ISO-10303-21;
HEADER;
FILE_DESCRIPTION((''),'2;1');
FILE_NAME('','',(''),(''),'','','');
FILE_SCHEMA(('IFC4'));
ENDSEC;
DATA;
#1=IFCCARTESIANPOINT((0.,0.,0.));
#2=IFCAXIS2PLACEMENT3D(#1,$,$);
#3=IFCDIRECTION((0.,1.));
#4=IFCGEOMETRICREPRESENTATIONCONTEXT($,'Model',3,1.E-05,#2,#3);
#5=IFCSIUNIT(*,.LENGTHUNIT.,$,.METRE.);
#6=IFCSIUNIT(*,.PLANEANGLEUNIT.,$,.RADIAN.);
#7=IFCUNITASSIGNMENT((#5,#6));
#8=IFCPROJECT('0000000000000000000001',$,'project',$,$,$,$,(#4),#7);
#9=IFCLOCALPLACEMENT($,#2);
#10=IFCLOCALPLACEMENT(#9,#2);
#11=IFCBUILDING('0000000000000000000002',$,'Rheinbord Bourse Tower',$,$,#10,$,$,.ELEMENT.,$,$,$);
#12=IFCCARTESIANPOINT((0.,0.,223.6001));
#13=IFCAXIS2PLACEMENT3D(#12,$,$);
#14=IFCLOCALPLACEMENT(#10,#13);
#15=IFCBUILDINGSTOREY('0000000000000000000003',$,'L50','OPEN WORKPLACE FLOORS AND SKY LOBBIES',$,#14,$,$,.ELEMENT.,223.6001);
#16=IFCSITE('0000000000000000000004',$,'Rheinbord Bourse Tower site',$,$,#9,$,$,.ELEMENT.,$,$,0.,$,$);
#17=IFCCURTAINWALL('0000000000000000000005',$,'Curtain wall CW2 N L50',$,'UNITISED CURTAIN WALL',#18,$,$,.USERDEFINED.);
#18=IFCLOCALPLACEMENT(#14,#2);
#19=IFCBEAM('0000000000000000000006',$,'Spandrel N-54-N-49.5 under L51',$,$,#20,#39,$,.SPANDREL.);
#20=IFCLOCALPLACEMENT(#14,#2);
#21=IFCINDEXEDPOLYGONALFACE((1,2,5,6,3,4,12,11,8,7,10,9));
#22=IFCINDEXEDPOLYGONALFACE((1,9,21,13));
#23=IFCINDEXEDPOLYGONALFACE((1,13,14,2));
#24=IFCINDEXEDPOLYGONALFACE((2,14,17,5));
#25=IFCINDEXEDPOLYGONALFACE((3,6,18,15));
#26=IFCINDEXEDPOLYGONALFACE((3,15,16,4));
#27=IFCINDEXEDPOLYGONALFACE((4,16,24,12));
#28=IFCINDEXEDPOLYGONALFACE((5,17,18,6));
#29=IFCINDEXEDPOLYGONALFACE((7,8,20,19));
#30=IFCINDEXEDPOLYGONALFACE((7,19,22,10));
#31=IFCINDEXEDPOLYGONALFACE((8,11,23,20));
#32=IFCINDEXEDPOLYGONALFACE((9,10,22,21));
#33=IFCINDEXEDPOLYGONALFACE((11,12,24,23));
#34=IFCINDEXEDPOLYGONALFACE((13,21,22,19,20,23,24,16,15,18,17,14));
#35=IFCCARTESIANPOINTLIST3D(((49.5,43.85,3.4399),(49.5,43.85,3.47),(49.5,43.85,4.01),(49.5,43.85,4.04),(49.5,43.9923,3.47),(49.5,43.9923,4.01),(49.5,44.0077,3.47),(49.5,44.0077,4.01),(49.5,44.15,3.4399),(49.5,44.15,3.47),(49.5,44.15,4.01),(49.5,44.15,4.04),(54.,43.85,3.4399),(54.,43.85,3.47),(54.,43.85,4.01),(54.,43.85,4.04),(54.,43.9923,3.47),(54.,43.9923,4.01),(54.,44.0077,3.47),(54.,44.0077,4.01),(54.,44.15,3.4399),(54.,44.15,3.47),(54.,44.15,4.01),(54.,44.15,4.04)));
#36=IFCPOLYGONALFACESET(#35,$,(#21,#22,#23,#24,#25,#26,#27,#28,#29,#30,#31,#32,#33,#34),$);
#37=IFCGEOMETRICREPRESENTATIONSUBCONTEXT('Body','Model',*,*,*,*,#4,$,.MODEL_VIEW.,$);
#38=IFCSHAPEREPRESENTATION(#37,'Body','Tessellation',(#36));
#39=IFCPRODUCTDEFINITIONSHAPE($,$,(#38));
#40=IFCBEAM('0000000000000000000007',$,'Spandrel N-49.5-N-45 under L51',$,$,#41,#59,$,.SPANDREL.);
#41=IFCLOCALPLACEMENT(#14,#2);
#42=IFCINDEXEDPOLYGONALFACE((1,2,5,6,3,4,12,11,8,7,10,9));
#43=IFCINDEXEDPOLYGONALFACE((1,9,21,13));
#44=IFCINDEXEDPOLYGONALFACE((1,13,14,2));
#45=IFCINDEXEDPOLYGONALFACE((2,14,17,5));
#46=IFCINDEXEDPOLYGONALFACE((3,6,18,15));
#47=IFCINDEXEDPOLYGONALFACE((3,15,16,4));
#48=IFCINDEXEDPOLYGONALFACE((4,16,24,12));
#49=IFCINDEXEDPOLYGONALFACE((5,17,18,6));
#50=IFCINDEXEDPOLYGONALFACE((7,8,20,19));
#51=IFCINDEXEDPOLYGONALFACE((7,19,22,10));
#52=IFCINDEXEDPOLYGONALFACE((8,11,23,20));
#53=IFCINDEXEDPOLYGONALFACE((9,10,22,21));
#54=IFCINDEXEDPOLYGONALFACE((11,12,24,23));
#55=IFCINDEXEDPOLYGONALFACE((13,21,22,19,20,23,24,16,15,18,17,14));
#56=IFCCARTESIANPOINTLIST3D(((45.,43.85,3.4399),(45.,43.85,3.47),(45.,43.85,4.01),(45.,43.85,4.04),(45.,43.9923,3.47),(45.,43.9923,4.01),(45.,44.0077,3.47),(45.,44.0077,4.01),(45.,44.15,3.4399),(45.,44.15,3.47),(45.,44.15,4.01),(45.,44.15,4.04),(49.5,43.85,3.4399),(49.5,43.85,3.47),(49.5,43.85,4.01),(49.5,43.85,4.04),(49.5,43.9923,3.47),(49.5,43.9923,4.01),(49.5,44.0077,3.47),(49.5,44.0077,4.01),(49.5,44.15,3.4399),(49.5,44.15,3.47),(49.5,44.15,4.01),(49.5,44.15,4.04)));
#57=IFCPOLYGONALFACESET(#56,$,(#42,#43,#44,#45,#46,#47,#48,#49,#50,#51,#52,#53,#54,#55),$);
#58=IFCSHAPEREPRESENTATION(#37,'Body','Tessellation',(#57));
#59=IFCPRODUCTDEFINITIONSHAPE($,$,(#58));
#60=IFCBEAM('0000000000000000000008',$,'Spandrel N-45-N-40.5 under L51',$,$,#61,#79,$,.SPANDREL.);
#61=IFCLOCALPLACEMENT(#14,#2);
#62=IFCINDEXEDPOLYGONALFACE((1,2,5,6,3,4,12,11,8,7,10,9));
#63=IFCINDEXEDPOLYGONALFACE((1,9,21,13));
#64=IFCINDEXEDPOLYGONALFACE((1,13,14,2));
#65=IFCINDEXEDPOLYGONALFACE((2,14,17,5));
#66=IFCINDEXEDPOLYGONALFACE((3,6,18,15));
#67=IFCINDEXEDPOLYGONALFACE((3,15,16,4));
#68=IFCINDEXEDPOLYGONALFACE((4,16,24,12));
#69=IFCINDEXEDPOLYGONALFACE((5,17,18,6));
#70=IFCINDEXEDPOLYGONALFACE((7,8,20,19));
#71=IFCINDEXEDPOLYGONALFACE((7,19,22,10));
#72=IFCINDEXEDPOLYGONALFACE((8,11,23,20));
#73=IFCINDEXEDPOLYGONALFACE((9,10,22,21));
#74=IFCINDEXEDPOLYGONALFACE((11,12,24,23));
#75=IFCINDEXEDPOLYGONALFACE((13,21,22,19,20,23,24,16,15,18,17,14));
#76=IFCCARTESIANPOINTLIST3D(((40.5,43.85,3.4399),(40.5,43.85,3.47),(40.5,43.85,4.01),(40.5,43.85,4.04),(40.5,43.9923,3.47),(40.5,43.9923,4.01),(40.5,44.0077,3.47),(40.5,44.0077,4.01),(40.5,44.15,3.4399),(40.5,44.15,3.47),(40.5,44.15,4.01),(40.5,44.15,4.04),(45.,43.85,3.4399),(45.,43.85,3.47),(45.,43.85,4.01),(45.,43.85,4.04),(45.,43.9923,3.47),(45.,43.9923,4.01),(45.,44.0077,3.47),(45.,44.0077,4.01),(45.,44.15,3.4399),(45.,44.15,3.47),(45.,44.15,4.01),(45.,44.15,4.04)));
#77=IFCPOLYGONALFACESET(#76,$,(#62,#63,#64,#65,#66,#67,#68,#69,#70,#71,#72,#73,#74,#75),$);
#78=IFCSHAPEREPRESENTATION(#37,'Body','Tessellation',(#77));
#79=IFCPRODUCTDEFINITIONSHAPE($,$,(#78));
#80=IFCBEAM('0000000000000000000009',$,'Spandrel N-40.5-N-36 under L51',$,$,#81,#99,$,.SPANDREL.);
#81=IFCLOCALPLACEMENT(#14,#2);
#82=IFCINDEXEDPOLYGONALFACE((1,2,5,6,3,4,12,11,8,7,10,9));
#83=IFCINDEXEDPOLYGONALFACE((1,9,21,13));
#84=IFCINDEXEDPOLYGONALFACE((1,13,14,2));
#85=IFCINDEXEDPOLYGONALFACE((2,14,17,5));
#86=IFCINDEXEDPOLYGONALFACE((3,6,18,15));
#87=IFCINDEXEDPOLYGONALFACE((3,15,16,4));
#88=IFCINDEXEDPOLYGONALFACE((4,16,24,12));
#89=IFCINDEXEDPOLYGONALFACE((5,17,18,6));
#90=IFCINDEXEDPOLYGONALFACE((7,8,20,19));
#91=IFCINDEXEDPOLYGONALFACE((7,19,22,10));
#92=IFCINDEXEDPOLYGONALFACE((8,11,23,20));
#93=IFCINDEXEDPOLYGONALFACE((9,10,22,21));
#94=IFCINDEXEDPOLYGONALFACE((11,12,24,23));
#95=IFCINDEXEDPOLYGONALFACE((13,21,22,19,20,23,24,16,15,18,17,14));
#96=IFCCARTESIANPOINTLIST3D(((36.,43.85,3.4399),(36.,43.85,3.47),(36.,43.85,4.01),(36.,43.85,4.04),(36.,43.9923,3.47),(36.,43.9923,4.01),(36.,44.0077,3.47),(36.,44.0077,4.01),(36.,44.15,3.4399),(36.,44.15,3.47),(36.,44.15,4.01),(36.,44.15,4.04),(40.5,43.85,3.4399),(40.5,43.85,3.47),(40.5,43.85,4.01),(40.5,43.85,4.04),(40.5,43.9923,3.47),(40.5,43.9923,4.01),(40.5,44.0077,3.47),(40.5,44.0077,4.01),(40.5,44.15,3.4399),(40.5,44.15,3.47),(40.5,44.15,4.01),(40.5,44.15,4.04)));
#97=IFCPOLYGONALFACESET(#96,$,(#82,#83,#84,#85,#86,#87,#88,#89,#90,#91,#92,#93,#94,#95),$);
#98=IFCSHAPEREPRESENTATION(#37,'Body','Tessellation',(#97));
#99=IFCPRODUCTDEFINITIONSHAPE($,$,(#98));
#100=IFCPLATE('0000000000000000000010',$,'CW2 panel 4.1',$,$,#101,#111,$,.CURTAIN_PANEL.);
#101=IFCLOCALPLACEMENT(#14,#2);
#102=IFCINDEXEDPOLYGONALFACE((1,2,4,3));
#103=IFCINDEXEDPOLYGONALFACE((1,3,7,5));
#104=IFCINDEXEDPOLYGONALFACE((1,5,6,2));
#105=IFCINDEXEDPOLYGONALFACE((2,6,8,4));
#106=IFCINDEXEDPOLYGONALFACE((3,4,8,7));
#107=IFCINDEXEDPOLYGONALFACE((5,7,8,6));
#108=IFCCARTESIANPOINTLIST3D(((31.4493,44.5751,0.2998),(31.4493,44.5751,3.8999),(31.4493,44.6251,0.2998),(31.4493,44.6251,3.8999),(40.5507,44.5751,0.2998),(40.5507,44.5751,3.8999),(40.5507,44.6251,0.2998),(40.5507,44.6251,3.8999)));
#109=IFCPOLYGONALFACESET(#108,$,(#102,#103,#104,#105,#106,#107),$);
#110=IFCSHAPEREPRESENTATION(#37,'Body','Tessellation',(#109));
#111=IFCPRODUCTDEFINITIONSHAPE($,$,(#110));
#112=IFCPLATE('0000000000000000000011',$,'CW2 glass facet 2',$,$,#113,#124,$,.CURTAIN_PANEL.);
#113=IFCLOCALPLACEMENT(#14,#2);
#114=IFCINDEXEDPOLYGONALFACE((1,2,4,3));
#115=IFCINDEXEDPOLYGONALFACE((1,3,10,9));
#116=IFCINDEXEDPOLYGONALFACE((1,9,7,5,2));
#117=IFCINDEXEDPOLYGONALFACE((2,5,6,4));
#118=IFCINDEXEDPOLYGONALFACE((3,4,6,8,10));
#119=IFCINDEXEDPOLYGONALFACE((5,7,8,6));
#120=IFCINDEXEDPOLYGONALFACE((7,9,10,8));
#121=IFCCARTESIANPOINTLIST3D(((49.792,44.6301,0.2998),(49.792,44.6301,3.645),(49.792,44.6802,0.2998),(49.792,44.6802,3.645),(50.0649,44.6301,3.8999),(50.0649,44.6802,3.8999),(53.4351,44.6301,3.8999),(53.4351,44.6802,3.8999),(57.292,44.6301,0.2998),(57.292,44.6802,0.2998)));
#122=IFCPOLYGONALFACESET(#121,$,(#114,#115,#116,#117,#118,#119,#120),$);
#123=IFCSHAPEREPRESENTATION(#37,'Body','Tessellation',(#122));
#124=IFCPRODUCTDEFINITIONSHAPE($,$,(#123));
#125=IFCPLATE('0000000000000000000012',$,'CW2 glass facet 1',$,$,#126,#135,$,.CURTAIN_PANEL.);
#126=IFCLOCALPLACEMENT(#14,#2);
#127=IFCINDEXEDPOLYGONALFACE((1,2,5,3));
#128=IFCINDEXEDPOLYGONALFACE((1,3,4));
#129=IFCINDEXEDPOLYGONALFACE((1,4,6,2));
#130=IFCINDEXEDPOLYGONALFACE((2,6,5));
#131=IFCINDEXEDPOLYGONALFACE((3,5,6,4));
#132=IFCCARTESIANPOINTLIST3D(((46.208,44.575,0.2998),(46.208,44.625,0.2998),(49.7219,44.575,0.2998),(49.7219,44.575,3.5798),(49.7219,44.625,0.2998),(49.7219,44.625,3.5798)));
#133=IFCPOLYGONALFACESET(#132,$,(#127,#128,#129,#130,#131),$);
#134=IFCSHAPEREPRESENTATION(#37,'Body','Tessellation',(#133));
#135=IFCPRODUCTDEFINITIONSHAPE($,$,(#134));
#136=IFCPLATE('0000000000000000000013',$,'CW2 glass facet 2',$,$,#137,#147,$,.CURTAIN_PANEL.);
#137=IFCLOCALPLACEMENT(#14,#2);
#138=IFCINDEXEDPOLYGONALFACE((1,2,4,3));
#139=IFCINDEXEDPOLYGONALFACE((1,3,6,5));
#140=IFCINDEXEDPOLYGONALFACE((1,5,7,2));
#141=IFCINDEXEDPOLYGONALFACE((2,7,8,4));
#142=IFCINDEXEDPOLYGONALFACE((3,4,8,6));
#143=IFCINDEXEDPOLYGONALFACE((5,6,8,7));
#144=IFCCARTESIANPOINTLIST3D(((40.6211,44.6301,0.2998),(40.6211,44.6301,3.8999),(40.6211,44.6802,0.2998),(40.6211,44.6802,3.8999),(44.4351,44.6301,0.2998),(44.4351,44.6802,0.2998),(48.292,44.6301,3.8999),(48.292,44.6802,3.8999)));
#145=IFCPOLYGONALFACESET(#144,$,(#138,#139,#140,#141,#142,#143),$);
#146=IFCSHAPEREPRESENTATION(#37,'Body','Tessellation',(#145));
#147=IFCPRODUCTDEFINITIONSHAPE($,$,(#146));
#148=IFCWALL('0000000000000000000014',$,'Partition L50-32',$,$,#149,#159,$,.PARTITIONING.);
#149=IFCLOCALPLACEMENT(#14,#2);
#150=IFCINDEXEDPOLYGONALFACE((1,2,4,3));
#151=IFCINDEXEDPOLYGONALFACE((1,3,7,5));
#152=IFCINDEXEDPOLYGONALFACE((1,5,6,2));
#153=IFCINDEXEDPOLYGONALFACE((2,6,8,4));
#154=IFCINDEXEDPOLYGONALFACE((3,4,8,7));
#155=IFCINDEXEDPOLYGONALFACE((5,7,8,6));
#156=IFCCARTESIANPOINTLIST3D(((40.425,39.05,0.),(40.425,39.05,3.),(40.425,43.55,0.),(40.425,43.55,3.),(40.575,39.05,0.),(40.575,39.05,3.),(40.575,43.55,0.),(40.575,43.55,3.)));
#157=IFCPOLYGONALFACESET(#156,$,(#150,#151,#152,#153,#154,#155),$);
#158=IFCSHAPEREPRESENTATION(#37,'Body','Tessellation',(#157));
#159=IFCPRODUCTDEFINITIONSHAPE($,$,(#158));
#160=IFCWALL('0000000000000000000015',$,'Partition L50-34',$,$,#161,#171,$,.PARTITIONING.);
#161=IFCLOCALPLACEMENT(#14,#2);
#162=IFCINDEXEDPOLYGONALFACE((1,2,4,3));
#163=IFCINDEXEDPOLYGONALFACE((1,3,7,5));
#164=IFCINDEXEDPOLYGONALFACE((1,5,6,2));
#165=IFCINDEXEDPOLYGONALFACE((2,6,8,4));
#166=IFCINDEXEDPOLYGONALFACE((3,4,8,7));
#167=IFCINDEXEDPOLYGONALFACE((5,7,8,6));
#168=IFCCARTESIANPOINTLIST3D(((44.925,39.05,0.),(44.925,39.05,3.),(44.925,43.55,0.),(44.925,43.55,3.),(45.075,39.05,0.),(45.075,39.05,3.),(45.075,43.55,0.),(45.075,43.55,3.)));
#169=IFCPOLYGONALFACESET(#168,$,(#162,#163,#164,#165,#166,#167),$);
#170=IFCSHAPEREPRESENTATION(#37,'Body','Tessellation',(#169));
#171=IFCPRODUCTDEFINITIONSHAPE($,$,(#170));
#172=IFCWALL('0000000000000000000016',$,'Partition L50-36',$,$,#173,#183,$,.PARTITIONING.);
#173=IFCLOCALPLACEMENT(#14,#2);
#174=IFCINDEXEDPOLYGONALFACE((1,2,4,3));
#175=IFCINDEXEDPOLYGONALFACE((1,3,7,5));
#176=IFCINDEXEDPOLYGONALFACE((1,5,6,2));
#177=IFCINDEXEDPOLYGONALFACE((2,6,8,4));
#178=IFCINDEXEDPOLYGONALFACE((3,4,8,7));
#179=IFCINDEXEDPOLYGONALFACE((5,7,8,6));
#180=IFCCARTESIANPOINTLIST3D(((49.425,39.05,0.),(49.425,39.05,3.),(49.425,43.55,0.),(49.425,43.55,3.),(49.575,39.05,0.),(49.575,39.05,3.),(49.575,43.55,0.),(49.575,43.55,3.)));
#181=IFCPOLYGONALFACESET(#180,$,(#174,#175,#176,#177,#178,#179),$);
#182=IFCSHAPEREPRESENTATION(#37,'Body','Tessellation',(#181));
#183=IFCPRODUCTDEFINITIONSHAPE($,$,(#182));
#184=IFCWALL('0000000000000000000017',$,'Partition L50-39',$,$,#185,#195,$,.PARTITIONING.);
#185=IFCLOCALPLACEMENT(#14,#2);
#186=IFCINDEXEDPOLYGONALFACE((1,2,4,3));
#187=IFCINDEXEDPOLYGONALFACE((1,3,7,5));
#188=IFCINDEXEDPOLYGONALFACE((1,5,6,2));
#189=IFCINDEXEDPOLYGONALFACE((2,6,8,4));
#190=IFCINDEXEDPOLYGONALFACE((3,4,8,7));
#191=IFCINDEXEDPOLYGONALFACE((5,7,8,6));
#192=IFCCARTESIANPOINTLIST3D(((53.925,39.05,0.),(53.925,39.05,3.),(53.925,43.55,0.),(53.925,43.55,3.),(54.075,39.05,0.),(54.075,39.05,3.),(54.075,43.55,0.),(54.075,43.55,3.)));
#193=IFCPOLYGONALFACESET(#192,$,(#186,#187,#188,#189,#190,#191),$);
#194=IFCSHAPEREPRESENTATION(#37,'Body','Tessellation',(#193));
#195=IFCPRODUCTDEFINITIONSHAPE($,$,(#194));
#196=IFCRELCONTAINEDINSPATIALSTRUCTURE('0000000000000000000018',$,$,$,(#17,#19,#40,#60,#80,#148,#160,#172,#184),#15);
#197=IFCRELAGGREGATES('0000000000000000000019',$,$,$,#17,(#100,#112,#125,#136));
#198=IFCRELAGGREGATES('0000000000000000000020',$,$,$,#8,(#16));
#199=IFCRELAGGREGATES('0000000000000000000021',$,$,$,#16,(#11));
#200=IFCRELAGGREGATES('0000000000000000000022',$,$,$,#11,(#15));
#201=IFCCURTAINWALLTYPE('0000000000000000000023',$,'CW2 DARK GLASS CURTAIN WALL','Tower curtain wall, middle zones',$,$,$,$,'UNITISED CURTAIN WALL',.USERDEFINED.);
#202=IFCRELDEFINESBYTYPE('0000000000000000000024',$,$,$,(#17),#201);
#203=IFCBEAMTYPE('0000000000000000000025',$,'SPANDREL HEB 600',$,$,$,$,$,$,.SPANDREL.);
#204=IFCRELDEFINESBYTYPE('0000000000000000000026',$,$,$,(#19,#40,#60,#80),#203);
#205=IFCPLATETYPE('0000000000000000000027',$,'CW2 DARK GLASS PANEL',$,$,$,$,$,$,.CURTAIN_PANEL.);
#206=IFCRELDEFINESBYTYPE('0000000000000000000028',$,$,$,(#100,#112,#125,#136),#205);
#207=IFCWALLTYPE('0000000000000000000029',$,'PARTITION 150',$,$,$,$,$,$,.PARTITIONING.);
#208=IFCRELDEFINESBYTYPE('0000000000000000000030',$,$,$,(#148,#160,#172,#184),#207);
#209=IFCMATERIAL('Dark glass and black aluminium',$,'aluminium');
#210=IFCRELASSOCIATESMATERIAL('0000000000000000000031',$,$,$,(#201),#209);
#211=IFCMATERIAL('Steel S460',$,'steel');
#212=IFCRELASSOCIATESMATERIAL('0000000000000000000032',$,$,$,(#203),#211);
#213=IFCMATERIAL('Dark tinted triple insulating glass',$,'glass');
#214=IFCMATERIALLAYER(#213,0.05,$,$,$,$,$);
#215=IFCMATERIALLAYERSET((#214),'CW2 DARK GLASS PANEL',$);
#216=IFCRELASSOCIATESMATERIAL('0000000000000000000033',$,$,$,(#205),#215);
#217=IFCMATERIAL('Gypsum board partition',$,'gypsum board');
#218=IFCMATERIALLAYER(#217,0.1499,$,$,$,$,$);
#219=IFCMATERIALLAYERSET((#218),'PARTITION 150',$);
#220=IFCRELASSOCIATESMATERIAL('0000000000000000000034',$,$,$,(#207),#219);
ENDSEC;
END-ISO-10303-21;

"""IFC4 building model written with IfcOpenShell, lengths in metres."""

from ifc_helpers import new_model, si_unit, direction, frame, frame_2d, origin, origin_2d, place, context, subcontext, project, spatial, polyline, rectangle, i_section, outline, extrude, material, layer, layer_set, material_profile, profile_set, type_object, element, aggregate, save


model = new_model("IFC4")

# Units and contexts
model_context = context("Model", 3, precision=1e-05, world=origin(), true_north=direction((0.0, 1.0)))
body_context = subcontext(model_context, "Body", "Model", "MODEL_VIEW")
ifc_project = project(units=[si_unit("LENGTHUNIT", "METRE"), si_unit("PLANEANGLEUNIT", "RADIAN")], contexts=[model_context])

# Site, building, storey
site_placement = place(None, origin())
site = spatial("IfcSite", under=ifc_project, at=site_placement, Name="Rheinbord Bourse Tower site", CompositionType="ELEMENT", RefElevation=0.0)
building_placement = place(site_placement, origin())
building = spatial("IfcBuilding", under=site, at=building_placement, Name="Rheinbord Bourse Tower", CompositionType="ELEMENT")
storey_placement = place(building_placement, frame((0.0, 0.0, 223.6001)))
storey = spatial("IfcBuildingStorey", under=building, at=storey_placement, Name="L50", Description="OPEN WORKPLACE FLOORS AND SKY LOBBIES", CompositionType="ELEMENT", Elevation=223.6001)

# Curtain wall
ifc_material_1 = material(Name="Dark glass and black aluminium", Category="aluminium")
curtain_wall_type = type_object("IfcCurtainWallType", Name="CW2 DARK GLASS CURTAIN WALL", Description="Tower curtain wall, middle zones", ElementType="UNITISED CURTAIN WALL", PredefinedType="USERDEFINED", material=ifc_material_1)
curtain_wall_placement = place(storey_placement, origin())
curtain_wall = element("IfcCurtainWall", 1, at=curtain_wall_placement, inside=storey, type_object=curtain_wall_type, Name="Curtain wall CW2 N L50", ObjectType="UNITISED CURTAIN WALL", PredefinedType="USERDEFINED")

# Beams
ifc_material_2 = material(Name="Steel S460", Category="steel")
ifc_material_profile_1 = material_profile(ifc_material_2, i_section(OverallWidth=0.3, OverallDepth=0.6001, WebThickness=0.0154, FlangeThickness=0.03, at=origin_2d()), Name="HEB 600")
ifc_profile_set_1 = profile_set([ifc_material_profile_1], Name="Steel S460")
beam_type_1 = type_object("IfcBeamType", Name="SPANDREL HEB 600", PredefinedType="SPANDREL", material=ifc_profile_set_1)
for number, where, z_axis, x_axis, name in (
    (2, (54.0, 44.0, 3.74), (-1.0, 0.0, 0.0), (0.0, -1.0, 0.0), "Spandrel N-54-N-49.5 under L51"),
    (3, (49.5, 44.0, 3.74), (-1.0, 0.0, 0.0), (0.0, -1.0, 0.0), "Spandrel N-49.5-N-45 under L51"),
    (4, (45.0, 44.0, 3.74), (-1.0, 0.0, 0.0), (0.0, -1.0, 0.0), "Spandrel N-45-N-40.5 under L51"),
    (5, (40.5, 44.0, 3.74), (-1.0, 0.0, 0.0), (0.0, -1.0, 0.0), "Spandrel N-40.5-N-36 under L51"),
):
    element("IfcBeam", number, at=place(storey_placement, frame(where, z_axis=z_axis, x_axis=x_axis)), inside=storey, type_object=beam_type_1, Name=name, PredefinedType="SPANDREL", context=body_context, shape_type="SweptSolid", body=[
        extrude(i_section(OverallWidth=0.3, OverallDepth=0.6001, WebThickness=0.0154, FlangeThickness=0.03, at=origin_2d()), origin(), (0.0, 0.0, 1.0), 4.5),
    ])

# Plates
ifc_material_3 = material(Name="Dark tinted triple insulating glass", Category="glass")
ifc_layer_1 = layer(ifc_material_3, 0.05)
ifc_layer_set_1 = layer_set([ifc_layer_1], Name="CW2 DARK GLASS PANEL")
plate_type = type_object("IfcPlateType", Name="CW2 DARK GLASS PANEL", PredefinedType="CURTAIN_PANEL", material=ifc_layer_set_1)
plate_1_placement = place(storey_placement, frame((36.0, 44.6001, 0.2998), z_axis=(0.0, 0.0, 1.0), x_axis=(-1.0, 0.0, 0.0)))
plate_1 = element("IfcPlate", 6, at=plate_1_placement, type_object=plate_type, Name="CW2 panel 4.1", PredefinedType="CURTAIN_PANEL", context=body_context, shape_type="SweptSolid", body=[
    extrude(rectangle(XDim=9.1013, YDim=0.05, at=origin_2d()), origin(), (0.0, 0.0, 1.0), 3.6001),
])
plate_2_placement = place(storey_placement, frame((49.792, 44.6802, 0.2998), z_axis=(0.0, -1.0, 0.0), x_axis=(1.0, 0.0, 0.0)))
plate_2 = element("IfcPlate", 7, at=plate_2_placement, type_object=plate_type, Name="CW2 glass facet 2", PredefinedType="CURTAIN_PANEL", context=body_context, shape_type="SweptSolid", body=[
    extrude(outline(polyline([(0.0, 0.0), (7.5, 0.0), (3.6431, 3.6001), (0.2729, 3.6001), (0.0, 3.3452), (0.0, 0.0)])), origin(), (0.0, 0.0, 1.0), 0.05),
])
plate_3_placement = place(storey_placement, frame((49.7219, 44.625, 0.2998), z_axis=(0.0, -1.0, 0.0), x_axis=(0.0, 0.0, 1.0)))
plate_3 = element("IfcPlate", 8, at=plate_3_placement, type_object=plate_type, Name="CW2 glass facet 1", PredefinedType="CURTAIN_PANEL", context=body_context, shape_type="SweptSolid", body=[
    extrude(outline(polyline([(0.0, 0.0), (3.28, 0.0), (0.0, 3.5139), (0.0, 0.0)])), origin(), (0.0, 0.0, 1.0), 0.05),
])
plate_4_placement = place(storey_placement, frame((40.6211, 44.6802, 3.8999), z_axis=(0.0, -1.0, 0.0), x_axis=(0.0, 0.0, -1.0)))
plate_4 = element("IfcPlate", 9, at=plate_4_placement, type_object=plate_type, Name="CW2 glass facet 2", PredefinedType="CURTAIN_PANEL", context=body_context, shape_type="SweptSolid", body=[
    extrude(outline(polyline([(0.0, 0.0), (3.6001, 0.0), (3.6001, 3.814), (0.0, 7.6709), (0.0, 0.0)])), origin(), (0.0, 0.0, 1.0), 0.05),
])
aggregate(curtain_wall, [plate_1, plate_2, plate_3, plate_4])

# Walls
ifc_material_4 = material(Name="Gypsum board partition", Category="gypsum board")
ifc_layer_2 = layer(ifc_material_4, 0.1499)
ifc_layer_set_2 = layer_set([ifc_layer_2], Name="PARTITION 150")
wall_type = type_object("IfcWallType", Name="PARTITION 150", PredefinedType="PARTITIONING", material=ifc_layer_set_2)
for number, where, z_axis, x_axis, name in (
    (10, (40.5, 39.05, 0.0), (0.0, 0.0, 1.0), (0.0, 1.0, 0.0), "Partition L50-32"),
    (11, (45.0, 39.05, 0.0), (0.0, 0.0, 1.0), (0.0, 1.0, 0.0), "Partition L50-34"),
    (12, (49.5, 39.05, 0.0), (0.0, 0.0, 1.0), (0.0, 1.0, 0.0), "Partition L50-36"),
    (13, (54.0, 39.05, 0.0), (0.0, 0.0, 1.0), (0.0, 1.0, 0.0), "Partition L50-39"),
):
    element("IfcWall", number, at=place(storey_placement, frame(where, z_axis=z_axis, x_axis=x_axis)), inside=storey, type_object=wall_type, Name=name, PredefinedType="PARTITIONING", context=body_context, shape_type="SweptSolid", body=[
        extrude(rectangle(XDim=4.5, YDim=0.1499, at=frame_2d((2.25, 0.0))), origin(), (0.0, 0.0, 1.0), 3.0),
    ])

save(model, "model.ifc")
